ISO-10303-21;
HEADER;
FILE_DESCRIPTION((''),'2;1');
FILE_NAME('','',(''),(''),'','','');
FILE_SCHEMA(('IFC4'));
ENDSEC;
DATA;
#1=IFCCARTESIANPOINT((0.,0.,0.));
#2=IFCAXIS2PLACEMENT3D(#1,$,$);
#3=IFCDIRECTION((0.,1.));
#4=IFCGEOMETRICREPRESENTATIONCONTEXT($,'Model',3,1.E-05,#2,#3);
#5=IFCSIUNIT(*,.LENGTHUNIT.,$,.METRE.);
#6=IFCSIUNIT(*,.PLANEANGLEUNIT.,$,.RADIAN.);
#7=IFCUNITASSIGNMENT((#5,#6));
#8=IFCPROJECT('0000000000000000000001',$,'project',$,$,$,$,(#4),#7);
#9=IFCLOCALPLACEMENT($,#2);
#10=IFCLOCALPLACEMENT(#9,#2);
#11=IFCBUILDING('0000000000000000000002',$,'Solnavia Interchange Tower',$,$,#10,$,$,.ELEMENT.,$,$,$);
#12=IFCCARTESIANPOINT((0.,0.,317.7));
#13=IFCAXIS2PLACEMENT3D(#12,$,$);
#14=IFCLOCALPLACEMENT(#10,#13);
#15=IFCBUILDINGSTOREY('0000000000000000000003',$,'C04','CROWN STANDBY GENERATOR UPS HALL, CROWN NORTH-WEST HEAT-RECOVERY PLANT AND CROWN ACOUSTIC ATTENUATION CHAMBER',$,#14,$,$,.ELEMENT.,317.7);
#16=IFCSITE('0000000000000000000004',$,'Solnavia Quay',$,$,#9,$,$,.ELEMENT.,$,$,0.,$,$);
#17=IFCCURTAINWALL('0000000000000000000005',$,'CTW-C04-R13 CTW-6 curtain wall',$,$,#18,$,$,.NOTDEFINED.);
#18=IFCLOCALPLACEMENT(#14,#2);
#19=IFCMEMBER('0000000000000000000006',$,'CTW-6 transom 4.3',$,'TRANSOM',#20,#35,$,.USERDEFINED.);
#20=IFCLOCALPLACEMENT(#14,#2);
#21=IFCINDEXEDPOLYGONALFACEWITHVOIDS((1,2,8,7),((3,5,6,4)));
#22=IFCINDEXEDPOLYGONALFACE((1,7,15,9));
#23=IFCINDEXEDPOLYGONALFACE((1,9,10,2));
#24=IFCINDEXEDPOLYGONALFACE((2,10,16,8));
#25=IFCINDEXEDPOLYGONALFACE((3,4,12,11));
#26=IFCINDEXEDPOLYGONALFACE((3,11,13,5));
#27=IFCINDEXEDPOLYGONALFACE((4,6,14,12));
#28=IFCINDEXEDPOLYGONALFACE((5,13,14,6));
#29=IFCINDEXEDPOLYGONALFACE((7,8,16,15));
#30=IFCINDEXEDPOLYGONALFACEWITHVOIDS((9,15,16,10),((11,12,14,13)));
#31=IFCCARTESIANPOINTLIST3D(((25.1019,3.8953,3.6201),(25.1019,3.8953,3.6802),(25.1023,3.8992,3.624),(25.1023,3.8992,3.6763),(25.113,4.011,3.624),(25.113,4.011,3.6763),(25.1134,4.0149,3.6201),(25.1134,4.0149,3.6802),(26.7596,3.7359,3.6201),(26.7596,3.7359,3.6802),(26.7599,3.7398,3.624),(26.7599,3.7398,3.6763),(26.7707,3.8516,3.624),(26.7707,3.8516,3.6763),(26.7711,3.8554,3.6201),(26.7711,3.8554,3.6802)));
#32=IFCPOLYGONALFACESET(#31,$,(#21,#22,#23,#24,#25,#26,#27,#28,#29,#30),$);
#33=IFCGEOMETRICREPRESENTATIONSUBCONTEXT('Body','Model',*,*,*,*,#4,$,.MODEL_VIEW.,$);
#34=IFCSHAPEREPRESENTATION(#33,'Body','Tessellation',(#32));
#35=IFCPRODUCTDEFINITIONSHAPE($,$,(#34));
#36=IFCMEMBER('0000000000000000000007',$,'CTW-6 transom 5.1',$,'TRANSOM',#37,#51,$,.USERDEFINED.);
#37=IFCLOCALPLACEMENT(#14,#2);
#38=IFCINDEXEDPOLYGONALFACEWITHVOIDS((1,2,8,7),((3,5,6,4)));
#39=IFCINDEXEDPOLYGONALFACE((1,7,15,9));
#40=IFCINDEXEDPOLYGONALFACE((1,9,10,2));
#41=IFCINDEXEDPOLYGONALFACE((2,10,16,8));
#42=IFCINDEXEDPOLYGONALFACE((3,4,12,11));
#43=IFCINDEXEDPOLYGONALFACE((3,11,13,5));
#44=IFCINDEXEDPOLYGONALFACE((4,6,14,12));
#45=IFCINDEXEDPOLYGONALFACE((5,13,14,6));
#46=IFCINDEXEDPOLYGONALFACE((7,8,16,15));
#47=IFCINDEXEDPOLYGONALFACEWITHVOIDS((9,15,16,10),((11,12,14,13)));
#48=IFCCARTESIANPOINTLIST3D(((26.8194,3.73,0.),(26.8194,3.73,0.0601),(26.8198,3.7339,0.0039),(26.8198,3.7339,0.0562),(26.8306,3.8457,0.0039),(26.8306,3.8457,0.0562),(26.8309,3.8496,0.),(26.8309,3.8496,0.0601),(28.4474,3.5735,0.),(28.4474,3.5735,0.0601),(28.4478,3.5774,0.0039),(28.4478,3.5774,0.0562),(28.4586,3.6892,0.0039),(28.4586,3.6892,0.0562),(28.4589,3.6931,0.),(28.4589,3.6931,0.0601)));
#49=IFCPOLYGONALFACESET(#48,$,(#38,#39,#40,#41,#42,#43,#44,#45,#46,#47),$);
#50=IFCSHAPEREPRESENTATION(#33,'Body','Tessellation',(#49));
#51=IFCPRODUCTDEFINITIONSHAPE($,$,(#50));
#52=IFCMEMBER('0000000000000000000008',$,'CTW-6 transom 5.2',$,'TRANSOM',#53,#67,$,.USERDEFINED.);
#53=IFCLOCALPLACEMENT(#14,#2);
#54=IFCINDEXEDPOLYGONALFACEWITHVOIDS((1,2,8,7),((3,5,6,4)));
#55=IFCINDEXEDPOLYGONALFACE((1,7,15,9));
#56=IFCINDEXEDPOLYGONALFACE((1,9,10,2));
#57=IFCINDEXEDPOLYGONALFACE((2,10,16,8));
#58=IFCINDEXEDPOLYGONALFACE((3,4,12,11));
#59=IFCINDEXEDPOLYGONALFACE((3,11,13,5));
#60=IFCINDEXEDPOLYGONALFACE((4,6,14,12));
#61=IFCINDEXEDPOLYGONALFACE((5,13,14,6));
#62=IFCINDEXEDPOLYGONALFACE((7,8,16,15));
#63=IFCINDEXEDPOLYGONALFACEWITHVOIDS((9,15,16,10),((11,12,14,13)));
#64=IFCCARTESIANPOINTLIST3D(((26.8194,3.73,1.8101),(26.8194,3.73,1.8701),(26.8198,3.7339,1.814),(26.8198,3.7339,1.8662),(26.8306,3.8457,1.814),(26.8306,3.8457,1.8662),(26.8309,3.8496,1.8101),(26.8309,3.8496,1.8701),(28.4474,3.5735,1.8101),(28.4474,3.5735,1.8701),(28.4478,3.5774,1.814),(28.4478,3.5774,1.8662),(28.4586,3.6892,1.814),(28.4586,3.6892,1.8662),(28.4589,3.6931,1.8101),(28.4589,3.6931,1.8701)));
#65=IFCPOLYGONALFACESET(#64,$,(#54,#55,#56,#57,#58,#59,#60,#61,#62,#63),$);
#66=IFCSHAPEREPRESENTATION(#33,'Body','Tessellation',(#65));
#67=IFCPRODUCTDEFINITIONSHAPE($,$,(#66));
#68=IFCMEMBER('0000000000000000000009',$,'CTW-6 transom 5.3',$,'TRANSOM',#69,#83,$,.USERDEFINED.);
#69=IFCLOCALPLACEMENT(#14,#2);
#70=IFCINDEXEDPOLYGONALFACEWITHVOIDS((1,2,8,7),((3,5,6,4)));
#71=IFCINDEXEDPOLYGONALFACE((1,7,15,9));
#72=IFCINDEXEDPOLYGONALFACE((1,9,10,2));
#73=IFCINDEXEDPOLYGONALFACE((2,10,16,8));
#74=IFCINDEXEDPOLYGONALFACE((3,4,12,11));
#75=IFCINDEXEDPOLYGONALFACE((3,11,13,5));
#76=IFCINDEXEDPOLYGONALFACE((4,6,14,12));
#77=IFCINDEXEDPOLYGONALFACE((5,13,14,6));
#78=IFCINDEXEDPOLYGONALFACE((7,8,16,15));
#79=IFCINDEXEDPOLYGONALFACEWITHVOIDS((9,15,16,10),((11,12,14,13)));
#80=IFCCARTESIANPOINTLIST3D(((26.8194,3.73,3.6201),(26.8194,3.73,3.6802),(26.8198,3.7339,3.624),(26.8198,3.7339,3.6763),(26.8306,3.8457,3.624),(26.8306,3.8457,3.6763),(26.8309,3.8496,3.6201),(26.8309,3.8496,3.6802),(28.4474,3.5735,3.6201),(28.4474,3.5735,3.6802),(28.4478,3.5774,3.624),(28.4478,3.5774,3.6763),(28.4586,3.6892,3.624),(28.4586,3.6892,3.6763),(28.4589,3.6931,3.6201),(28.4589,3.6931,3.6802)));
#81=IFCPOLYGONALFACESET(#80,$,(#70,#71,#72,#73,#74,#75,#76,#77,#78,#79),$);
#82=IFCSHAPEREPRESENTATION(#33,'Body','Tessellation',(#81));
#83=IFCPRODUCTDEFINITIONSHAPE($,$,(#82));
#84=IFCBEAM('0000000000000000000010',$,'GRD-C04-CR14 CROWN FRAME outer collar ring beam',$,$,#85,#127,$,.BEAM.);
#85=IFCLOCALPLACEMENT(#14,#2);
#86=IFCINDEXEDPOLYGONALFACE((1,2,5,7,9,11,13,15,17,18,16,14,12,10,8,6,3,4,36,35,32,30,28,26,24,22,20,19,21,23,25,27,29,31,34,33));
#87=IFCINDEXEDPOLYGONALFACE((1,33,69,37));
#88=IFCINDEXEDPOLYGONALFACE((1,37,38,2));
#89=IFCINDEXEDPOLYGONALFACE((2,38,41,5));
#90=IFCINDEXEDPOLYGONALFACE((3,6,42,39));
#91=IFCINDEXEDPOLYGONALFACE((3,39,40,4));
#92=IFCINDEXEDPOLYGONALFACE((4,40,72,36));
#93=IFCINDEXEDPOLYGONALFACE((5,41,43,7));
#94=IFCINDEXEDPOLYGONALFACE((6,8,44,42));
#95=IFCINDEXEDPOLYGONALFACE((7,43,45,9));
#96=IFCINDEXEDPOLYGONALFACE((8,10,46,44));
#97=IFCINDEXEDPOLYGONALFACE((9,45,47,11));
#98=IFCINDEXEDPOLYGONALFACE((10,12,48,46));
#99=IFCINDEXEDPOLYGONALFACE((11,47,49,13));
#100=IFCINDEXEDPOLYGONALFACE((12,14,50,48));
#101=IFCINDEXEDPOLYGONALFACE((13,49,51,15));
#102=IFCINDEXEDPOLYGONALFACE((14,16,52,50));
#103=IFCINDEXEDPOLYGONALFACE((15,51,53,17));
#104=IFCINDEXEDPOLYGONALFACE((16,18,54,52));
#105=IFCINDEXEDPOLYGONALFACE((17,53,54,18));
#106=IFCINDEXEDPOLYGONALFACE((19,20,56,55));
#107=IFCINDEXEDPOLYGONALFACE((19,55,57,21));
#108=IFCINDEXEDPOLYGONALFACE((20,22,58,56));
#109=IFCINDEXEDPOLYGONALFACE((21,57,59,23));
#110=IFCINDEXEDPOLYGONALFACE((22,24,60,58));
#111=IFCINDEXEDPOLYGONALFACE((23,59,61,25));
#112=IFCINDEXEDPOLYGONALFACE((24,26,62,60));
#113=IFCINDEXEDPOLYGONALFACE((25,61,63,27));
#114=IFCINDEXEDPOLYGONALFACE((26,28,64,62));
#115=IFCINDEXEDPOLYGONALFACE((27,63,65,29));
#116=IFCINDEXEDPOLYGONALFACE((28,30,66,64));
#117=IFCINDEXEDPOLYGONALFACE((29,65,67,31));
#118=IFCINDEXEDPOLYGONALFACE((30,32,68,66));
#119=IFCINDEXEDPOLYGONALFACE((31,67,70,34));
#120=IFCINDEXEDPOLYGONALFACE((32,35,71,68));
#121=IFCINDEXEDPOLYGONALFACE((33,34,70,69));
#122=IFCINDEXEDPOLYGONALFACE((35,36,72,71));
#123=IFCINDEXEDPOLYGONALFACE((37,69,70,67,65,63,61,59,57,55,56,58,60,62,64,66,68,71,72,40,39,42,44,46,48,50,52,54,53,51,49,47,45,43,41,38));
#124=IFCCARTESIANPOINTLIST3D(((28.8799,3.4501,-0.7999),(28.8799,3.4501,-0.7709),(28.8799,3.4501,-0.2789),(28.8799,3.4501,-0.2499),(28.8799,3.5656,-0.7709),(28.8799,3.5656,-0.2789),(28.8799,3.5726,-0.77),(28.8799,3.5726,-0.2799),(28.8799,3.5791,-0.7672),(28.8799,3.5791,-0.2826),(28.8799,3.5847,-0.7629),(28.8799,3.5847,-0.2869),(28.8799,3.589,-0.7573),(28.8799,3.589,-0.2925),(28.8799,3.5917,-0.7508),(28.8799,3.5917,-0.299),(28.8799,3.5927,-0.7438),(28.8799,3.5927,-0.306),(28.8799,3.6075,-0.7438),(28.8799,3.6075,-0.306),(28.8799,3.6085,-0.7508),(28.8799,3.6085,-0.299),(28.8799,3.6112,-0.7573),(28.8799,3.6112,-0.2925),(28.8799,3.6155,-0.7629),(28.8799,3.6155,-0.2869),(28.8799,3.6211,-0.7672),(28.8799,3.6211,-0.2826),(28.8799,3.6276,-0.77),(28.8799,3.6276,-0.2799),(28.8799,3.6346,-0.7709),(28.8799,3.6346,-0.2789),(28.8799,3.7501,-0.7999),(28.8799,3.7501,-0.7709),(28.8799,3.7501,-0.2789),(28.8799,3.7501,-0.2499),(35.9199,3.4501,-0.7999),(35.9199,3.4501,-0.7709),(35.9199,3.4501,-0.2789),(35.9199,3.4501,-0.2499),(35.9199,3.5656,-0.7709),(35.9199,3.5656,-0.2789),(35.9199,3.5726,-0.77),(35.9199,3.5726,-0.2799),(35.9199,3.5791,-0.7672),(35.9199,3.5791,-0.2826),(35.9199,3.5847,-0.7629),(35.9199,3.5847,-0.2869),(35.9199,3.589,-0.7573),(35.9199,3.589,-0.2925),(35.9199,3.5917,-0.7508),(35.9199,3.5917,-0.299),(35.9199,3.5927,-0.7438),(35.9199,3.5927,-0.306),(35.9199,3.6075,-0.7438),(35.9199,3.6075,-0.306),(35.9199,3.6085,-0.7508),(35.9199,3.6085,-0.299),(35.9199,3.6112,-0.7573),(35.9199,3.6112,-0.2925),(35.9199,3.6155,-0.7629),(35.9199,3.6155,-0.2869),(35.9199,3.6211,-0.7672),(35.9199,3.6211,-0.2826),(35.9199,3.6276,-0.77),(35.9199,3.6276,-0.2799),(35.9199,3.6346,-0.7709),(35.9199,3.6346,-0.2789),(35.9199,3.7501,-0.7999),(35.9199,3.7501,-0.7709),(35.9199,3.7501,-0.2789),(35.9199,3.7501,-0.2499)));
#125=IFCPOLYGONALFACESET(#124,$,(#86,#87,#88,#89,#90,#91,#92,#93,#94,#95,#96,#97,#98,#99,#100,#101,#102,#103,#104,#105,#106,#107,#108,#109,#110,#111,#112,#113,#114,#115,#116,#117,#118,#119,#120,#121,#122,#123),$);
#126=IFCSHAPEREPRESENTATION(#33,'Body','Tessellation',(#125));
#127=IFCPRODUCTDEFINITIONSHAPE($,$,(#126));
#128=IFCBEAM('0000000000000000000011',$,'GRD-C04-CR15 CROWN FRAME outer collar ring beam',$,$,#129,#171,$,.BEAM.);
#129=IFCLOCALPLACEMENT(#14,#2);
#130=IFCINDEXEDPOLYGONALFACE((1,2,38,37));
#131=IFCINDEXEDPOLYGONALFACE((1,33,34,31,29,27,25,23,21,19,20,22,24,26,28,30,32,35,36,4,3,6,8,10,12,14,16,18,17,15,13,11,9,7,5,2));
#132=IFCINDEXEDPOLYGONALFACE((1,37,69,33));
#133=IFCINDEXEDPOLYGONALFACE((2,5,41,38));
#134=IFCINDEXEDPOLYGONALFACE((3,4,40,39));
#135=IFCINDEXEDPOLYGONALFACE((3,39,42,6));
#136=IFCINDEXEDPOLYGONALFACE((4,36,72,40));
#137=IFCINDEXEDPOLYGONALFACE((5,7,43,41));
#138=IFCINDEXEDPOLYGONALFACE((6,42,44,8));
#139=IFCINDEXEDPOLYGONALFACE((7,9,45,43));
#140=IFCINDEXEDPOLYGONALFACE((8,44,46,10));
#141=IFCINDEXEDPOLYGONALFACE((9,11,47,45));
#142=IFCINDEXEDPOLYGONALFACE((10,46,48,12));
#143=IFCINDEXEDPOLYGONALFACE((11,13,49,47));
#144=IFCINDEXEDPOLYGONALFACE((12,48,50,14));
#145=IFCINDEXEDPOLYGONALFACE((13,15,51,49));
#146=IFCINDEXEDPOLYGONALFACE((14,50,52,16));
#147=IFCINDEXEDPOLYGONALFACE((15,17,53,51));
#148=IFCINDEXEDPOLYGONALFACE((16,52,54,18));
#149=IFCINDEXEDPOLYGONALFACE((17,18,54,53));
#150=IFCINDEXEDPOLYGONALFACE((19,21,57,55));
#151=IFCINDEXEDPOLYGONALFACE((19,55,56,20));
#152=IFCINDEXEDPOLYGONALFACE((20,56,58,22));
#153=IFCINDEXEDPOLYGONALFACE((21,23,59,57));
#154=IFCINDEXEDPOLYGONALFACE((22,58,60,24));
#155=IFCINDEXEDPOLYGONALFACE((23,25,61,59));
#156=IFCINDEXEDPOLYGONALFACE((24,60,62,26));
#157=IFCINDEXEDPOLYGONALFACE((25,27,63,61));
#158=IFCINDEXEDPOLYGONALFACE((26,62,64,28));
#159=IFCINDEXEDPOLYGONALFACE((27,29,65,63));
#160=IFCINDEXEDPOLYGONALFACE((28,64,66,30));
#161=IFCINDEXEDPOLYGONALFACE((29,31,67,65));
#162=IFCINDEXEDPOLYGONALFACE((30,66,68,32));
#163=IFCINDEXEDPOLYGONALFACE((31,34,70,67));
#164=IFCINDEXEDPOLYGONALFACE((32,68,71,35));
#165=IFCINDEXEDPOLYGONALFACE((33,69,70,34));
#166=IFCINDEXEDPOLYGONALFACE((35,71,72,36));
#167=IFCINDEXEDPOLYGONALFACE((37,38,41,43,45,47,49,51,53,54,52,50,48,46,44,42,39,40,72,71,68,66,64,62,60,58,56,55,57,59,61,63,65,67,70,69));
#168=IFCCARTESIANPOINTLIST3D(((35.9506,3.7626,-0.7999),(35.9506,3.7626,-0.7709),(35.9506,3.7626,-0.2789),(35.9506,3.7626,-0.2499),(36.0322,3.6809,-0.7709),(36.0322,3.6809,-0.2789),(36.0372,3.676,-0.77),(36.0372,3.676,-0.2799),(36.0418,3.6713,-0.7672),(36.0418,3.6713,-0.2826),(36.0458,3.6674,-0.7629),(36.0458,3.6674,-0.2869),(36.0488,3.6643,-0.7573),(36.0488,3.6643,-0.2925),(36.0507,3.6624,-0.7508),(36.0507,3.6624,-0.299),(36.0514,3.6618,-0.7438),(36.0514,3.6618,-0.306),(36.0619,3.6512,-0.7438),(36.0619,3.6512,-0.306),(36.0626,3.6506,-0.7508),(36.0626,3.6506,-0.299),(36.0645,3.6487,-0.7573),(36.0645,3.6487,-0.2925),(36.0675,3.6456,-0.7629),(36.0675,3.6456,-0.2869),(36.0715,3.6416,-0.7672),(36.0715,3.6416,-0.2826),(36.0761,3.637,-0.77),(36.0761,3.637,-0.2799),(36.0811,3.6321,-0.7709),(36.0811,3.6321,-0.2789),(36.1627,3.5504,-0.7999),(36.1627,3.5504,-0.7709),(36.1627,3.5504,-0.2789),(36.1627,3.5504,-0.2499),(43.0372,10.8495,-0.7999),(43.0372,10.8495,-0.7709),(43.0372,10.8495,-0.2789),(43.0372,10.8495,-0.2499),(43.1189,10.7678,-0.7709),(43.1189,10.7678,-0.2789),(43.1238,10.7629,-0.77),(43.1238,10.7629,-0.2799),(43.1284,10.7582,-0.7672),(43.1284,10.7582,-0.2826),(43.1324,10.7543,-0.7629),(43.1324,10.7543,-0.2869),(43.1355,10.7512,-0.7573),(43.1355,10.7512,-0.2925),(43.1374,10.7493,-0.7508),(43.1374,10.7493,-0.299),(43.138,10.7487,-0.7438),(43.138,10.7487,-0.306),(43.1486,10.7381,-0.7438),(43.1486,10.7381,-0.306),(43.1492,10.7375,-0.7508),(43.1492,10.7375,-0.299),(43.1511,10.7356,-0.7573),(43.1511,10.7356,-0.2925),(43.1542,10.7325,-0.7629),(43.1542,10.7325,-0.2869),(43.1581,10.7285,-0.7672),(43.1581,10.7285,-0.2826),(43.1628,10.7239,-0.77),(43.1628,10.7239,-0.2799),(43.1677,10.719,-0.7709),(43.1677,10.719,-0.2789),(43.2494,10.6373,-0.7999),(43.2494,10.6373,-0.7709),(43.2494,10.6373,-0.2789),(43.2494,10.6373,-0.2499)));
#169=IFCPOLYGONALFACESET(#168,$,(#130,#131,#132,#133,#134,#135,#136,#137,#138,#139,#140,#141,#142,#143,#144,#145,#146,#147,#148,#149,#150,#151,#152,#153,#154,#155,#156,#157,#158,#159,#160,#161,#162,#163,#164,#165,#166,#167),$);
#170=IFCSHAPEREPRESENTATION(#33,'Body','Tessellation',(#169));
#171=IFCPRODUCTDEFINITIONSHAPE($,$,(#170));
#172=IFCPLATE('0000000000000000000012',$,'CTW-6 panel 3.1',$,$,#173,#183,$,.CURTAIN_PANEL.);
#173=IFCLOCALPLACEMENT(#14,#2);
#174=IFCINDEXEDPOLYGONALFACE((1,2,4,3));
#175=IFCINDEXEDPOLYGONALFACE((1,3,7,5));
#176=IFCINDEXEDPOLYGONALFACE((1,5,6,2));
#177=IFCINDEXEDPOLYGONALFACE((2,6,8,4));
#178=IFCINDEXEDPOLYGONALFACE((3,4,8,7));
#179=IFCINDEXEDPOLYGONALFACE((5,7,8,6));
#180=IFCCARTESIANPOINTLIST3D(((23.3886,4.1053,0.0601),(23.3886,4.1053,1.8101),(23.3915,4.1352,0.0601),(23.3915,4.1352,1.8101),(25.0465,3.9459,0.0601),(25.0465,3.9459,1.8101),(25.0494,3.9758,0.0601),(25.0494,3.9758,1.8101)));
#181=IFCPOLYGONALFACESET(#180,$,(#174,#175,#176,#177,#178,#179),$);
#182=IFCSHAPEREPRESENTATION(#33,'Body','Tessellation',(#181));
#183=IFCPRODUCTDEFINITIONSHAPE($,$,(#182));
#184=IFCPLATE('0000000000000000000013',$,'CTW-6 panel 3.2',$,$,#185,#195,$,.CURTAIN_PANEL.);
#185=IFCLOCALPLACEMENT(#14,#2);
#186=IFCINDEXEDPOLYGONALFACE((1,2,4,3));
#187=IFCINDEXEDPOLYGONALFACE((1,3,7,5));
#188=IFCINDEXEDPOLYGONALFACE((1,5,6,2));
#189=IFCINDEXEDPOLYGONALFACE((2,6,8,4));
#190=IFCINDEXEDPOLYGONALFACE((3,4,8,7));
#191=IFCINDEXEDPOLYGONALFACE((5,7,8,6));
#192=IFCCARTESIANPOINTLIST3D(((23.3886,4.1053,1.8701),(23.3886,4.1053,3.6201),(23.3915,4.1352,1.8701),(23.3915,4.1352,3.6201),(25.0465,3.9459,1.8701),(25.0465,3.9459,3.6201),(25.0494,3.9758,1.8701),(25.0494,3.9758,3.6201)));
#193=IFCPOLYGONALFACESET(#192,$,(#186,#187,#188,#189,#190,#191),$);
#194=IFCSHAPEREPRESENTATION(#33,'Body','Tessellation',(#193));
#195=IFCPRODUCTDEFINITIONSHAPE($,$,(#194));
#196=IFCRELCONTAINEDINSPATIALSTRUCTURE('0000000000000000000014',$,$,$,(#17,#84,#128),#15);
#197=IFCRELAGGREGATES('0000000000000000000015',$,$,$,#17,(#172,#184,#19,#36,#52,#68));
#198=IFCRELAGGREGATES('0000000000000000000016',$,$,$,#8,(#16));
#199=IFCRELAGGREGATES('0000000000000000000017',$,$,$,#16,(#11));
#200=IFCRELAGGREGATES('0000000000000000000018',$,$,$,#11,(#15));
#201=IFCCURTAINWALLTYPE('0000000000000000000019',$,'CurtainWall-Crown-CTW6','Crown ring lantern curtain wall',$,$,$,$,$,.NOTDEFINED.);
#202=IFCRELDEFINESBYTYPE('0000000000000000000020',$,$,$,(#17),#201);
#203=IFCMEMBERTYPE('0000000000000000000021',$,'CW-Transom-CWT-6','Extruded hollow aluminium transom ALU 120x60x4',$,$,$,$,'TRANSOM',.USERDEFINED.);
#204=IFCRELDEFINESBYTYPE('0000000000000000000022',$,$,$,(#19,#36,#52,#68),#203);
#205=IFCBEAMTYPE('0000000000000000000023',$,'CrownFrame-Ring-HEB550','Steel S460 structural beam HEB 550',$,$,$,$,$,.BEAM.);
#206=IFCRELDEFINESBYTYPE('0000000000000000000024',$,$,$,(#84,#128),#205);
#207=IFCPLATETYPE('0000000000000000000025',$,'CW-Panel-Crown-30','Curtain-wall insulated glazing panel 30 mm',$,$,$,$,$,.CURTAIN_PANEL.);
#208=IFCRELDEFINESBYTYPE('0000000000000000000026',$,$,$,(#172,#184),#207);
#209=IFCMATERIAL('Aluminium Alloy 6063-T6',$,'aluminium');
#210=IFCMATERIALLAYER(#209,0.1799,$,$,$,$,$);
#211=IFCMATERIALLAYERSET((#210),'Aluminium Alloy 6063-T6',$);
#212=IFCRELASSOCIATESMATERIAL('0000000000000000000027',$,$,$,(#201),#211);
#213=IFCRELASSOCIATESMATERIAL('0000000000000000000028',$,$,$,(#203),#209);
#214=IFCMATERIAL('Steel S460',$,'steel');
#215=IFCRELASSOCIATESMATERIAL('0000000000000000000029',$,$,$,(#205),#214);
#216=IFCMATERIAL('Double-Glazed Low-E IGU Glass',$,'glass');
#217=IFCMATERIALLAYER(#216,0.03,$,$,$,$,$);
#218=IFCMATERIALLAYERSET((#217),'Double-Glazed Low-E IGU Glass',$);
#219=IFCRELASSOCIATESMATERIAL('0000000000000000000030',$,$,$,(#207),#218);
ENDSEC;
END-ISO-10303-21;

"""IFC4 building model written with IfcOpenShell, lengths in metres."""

from ifc_helpers import new_model, si_unit, direction, frame, origin, origin_2d, place, context, subcontext, project, spatial, rectangle, hollow_rectangle, i_section, extrude, material, layer, layer_set, material_profile, profile_set, type_object, element, aggregate, save


model = new_model("IFC4")

# Units and contexts
model_context = context("Model", 3, precision=1e-05, world=origin(), true_north=direction((0.0, 1.0)))
body_context = subcontext(model_context, "Body", "Model", "MODEL_VIEW")
ifc_project = project(units=[si_unit("LENGTHUNIT", "METRE"), si_unit("PLANEANGLEUNIT", "RADIAN")], contexts=[model_context])

# Site, building, storey
site_placement = place(None, origin())
site = spatial("IfcSite", under=ifc_project, at=site_placement, Name="Solnavia Quay", CompositionType="ELEMENT", RefElevation=0.0)
building_placement = place(site_placement, origin())
building = spatial("IfcBuilding", under=site, at=building_placement, Name="Solnavia Interchange Tower", CompositionType="ELEMENT")
storey_placement = place(building_placement, frame((0.0, 0.0, 317.7)))
storey = spatial("IfcBuildingStorey", under=building, at=storey_placement, Name="C04", Description="CROWN STANDBY GENERATOR UPS HALL, CROWN NORTH-WEST HEAT-RECOVERY PLANT AND CROWN ACOUSTIC ATTENUATION CHAMBER", CompositionType="ELEMENT", Elevation=317.7)

# Shared definitions
ifc_material_1 = material(Name="Steel S460", Category="steel")

# Curtain wall, members
ifc_material_2 = material(Name="Aluminium Alloy 6063-T6", Category="aluminium")
ifc_layer_1 = layer(ifc_material_2, 0.1799)
ifc_layer_set_1 = layer_set([ifc_layer_1], Name="Aluminium Alloy 6063-T6")
curtain_wall_type = type_object("IfcCurtainWallType", Name="CurtainWall-Crown-CTW6", Description="Crown ring lantern curtain wall", PredefinedType="NOTDEFINED", material=ifc_layer_set_1)
curtain_wall_placement = place(storey_placement, origin())
curtain_wall = element("IfcCurtainWall", 1, at=curtain_wall_placement, inside=storey, type_object=curtain_wall_type, Name="CTW-C04-R13 CTW-6 curtain wall", PredefinedType="NOTDEFINED")
ifc_material_profile_1 = material_profile(ifc_material_2, hollow_rectangle(XDim=0.0601, YDim=0.1201, WallThickness=0.0039, at=origin_2d()), Name="ALU 120x60x4")
ifc_profile_set_1 = profile_set([ifc_material_profile_1], Name="Aluminium Alloy 6063-T6")
member_type_1 = type_object("IfcMemberType", Name="CW-Transom-CWT-6", Description="Extruded hollow aluminium transom ALU 120x60x4", ElementType="TRANSOM", PredefinedType="USERDEFINED", material=ifc_profile_set_1)
member_1_placement = place(storey_placement, frame((25.1077, 3.9551, 3.6501), z_axis=(0.995407, -0.095729, 0.0), x_axis=(0.0, 0.0, 1.0)))
member_1 = element("IfcMember", 2, at=member_1_placement, type_object=member_type_1, Name="CTW-6 transom 4.3", ObjectType="TRANSOM", PredefinedType="USERDEFINED", context=body_context, shape_type="SweptSolid", body=[
    extrude(hollow_rectangle(XDim=0.0601, YDim=0.1201, WallThickness=0.0039, at=origin_2d()), origin(), (0.0, 0.0, 1.0), 1.6653),
])
member_2_placement = place(storey_placement, frame((26.8252, 3.7898, 0.03), z_axis=(0.995411, -0.09569, 0.0), x_axis=(0.0, 0.0, 1.0)))
member_2 = element("IfcMember", 3, at=member_2_placement, type_object=member_type_1, Name="CTW-6 transom 5.1", ObjectType="TRANSOM", PredefinedType="USERDEFINED", context=body_context, shape_type="SweptSolid", body=[
    extrude(hollow_rectangle(XDim=0.0601, YDim=0.1201, WallThickness=0.0039, at=origin_2d()), origin(), (0.0, 0.0, 1.0), 1.6355),
])
member_3_placement = place(storey_placement, frame((26.8252, 3.7898, 1.8401), z_axis=(0.995411, -0.09569, 0.0), x_axis=(0.0, 0.0, 1.0)))
member_3 = element("IfcMember", 4, at=member_3_placement, type_object=member_type_1, Name="CTW-6 transom 5.2", ObjectType="TRANSOM", PredefinedType="USERDEFINED", context=body_context, shape_type="SweptSolid", body=[
    extrude(hollow_rectangle(XDim=0.0601, YDim=0.1201, WallThickness=0.0039, at=origin_2d()), origin(), (0.0, 0.0, 1.0), 1.6355),
])
member_4_placement = place(storey_placement, frame((26.8252, 3.7898, 3.6501), z_axis=(0.995411, -0.09569, 0.0), x_axis=(0.0, 0.0, 1.0)))
member_4 = element("IfcMember", 5, at=member_4_placement, type_object=member_type_1, Name="CTW-6 transom 5.3", ObjectType="TRANSOM", PredefinedType="USERDEFINED", context=body_context, shape_type="SweptSolid", body=[
    extrude(hollow_rectangle(XDim=0.0601, YDim=0.1201, WallThickness=0.0039, at=origin_2d()), origin(), (0.0, 0.0, 1.0), 1.6355),
])

# Beams
ifc_material_profile_2 = material_profile(ifc_material_1, i_section(OverallWidth=0.3, OverallDepth=0.55, WebThickness=0.0149, FlangeThickness=0.0291, FilletRadius=0.0271, at=origin_2d()), Name="HEB 550")
ifc_profile_set_2 = profile_set([ifc_material_profile_2], Name="Steel S460")
beam_type = type_object("IfcBeamType", Name="CrownFrame-Ring-HEB550", Description="Steel S460 structural beam HEB 550", PredefinedType="BEAM", material=ifc_profile_set_2)
beam_1_placement = place(storey_placement, frame((28.8799, 3.6001, -0.5249), z_axis=(1.0, 0.0, 0.0), x_axis=(0.0, 1.0, 0.0)))
element("IfcBeam", 6, at=beam_1_placement, inside=storey, type_object=beam_type, Name="GRD-C04-CR14 CROWN FRAME outer collar ring beam", PredefinedType="BEAM", context=body_context, shape_type="SweptSolid", body=[
    extrude(i_section(OverallWidth=0.3, OverallDepth=0.55, WebThickness=0.0149, FlangeThickness=0.0291, FilletRadius=0.0271, at=origin_2d()), origin(), (0.0, 0.0, 1.0), 7.04),
])
beam_2_placement = place(storey_placement, frame((36.0566, 3.6565, -0.5249), z_axis=(0.707095, 0.707119, 0.0), x_axis=(-0.707119, 0.707095, 0.0)))
element("IfcBeam", 7, at=beam_2_placement, inside=storey, type_object=beam_type, Name="GRD-C04-CR15 CROWN FRAME outer collar ring beam", PredefinedType="BEAM", context=body_context, shape_type="SweptSolid", body=[
    extrude(i_section(OverallWidth=0.3, OverallDepth=0.55, WebThickness=0.0149, FlangeThickness=0.0291, FilletRadius=0.0271, at=origin_2d()), origin(), (0.0, 0.0, 1.0), 10.0222),
])

# Plates
ifc_material_3 = material(Name="Double-Glazed Low-E IGU Glass", Category="glass")
ifc_layer_2 = layer(ifc_material_3, 0.03)
ifc_layer_set_2 = layer_set([ifc_layer_2], Name="Double-Glazed Low-E IGU Glass")
plate_type_1 = type_object("IfcPlateType", Name="CW-Panel-Crown-30", Description="Curtain-wall insulated glazing panel 30 mm", PredefinedType="CURTAIN_PANEL", material=ifc_layer_set_2)
plate_1_placement = place(storey_placement, frame((24.219, 4.0405, 0.0601), z_axis=(0.0, 0.0, 1.0), x_axis=(0.995408, -0.09572, 0.0)))
plate_1 = element("IfcPlate", 8, at=plate_1_placement, type_object=plate_type_1, Name="CTW-6 panel 3.1", PredefinedType="CURTAIN_PANEL", context=body_context, shape_type="SweptSolid", body=[
    extrude(rectangle(XDim=1.6655, YDim=0.03, at=origin_2d()), origin(), (0.0, 0.0, 1.0), 1.75),
])
plate_2_placement = place(storey_placement, frame((24.219, 4.0405, 1.8701), z_axis=(0.0, 0.0, 1.0), x_axis=(0.995408, -0.09572, 0.0)))
plate_2 = element("IfcPlate", 9, at=plate_2_placement, type_object=plate_type_1, Name="CTW-6 panel 3.2", PredefinedType="CURTAIN_PANEL", context=body_context, shape_type="SweptSolid", body=[
    extrude(rectangle(XDim=1.6655, YDim=0.03, at=origin_2d()), origin(), (0.0, 0.0, 1.0), 1.75),
])
aggregate(curtain_wall, [plate_1, plate_2, member_1, member_2, member_3, member_4])

save(model, "model.ifc")
